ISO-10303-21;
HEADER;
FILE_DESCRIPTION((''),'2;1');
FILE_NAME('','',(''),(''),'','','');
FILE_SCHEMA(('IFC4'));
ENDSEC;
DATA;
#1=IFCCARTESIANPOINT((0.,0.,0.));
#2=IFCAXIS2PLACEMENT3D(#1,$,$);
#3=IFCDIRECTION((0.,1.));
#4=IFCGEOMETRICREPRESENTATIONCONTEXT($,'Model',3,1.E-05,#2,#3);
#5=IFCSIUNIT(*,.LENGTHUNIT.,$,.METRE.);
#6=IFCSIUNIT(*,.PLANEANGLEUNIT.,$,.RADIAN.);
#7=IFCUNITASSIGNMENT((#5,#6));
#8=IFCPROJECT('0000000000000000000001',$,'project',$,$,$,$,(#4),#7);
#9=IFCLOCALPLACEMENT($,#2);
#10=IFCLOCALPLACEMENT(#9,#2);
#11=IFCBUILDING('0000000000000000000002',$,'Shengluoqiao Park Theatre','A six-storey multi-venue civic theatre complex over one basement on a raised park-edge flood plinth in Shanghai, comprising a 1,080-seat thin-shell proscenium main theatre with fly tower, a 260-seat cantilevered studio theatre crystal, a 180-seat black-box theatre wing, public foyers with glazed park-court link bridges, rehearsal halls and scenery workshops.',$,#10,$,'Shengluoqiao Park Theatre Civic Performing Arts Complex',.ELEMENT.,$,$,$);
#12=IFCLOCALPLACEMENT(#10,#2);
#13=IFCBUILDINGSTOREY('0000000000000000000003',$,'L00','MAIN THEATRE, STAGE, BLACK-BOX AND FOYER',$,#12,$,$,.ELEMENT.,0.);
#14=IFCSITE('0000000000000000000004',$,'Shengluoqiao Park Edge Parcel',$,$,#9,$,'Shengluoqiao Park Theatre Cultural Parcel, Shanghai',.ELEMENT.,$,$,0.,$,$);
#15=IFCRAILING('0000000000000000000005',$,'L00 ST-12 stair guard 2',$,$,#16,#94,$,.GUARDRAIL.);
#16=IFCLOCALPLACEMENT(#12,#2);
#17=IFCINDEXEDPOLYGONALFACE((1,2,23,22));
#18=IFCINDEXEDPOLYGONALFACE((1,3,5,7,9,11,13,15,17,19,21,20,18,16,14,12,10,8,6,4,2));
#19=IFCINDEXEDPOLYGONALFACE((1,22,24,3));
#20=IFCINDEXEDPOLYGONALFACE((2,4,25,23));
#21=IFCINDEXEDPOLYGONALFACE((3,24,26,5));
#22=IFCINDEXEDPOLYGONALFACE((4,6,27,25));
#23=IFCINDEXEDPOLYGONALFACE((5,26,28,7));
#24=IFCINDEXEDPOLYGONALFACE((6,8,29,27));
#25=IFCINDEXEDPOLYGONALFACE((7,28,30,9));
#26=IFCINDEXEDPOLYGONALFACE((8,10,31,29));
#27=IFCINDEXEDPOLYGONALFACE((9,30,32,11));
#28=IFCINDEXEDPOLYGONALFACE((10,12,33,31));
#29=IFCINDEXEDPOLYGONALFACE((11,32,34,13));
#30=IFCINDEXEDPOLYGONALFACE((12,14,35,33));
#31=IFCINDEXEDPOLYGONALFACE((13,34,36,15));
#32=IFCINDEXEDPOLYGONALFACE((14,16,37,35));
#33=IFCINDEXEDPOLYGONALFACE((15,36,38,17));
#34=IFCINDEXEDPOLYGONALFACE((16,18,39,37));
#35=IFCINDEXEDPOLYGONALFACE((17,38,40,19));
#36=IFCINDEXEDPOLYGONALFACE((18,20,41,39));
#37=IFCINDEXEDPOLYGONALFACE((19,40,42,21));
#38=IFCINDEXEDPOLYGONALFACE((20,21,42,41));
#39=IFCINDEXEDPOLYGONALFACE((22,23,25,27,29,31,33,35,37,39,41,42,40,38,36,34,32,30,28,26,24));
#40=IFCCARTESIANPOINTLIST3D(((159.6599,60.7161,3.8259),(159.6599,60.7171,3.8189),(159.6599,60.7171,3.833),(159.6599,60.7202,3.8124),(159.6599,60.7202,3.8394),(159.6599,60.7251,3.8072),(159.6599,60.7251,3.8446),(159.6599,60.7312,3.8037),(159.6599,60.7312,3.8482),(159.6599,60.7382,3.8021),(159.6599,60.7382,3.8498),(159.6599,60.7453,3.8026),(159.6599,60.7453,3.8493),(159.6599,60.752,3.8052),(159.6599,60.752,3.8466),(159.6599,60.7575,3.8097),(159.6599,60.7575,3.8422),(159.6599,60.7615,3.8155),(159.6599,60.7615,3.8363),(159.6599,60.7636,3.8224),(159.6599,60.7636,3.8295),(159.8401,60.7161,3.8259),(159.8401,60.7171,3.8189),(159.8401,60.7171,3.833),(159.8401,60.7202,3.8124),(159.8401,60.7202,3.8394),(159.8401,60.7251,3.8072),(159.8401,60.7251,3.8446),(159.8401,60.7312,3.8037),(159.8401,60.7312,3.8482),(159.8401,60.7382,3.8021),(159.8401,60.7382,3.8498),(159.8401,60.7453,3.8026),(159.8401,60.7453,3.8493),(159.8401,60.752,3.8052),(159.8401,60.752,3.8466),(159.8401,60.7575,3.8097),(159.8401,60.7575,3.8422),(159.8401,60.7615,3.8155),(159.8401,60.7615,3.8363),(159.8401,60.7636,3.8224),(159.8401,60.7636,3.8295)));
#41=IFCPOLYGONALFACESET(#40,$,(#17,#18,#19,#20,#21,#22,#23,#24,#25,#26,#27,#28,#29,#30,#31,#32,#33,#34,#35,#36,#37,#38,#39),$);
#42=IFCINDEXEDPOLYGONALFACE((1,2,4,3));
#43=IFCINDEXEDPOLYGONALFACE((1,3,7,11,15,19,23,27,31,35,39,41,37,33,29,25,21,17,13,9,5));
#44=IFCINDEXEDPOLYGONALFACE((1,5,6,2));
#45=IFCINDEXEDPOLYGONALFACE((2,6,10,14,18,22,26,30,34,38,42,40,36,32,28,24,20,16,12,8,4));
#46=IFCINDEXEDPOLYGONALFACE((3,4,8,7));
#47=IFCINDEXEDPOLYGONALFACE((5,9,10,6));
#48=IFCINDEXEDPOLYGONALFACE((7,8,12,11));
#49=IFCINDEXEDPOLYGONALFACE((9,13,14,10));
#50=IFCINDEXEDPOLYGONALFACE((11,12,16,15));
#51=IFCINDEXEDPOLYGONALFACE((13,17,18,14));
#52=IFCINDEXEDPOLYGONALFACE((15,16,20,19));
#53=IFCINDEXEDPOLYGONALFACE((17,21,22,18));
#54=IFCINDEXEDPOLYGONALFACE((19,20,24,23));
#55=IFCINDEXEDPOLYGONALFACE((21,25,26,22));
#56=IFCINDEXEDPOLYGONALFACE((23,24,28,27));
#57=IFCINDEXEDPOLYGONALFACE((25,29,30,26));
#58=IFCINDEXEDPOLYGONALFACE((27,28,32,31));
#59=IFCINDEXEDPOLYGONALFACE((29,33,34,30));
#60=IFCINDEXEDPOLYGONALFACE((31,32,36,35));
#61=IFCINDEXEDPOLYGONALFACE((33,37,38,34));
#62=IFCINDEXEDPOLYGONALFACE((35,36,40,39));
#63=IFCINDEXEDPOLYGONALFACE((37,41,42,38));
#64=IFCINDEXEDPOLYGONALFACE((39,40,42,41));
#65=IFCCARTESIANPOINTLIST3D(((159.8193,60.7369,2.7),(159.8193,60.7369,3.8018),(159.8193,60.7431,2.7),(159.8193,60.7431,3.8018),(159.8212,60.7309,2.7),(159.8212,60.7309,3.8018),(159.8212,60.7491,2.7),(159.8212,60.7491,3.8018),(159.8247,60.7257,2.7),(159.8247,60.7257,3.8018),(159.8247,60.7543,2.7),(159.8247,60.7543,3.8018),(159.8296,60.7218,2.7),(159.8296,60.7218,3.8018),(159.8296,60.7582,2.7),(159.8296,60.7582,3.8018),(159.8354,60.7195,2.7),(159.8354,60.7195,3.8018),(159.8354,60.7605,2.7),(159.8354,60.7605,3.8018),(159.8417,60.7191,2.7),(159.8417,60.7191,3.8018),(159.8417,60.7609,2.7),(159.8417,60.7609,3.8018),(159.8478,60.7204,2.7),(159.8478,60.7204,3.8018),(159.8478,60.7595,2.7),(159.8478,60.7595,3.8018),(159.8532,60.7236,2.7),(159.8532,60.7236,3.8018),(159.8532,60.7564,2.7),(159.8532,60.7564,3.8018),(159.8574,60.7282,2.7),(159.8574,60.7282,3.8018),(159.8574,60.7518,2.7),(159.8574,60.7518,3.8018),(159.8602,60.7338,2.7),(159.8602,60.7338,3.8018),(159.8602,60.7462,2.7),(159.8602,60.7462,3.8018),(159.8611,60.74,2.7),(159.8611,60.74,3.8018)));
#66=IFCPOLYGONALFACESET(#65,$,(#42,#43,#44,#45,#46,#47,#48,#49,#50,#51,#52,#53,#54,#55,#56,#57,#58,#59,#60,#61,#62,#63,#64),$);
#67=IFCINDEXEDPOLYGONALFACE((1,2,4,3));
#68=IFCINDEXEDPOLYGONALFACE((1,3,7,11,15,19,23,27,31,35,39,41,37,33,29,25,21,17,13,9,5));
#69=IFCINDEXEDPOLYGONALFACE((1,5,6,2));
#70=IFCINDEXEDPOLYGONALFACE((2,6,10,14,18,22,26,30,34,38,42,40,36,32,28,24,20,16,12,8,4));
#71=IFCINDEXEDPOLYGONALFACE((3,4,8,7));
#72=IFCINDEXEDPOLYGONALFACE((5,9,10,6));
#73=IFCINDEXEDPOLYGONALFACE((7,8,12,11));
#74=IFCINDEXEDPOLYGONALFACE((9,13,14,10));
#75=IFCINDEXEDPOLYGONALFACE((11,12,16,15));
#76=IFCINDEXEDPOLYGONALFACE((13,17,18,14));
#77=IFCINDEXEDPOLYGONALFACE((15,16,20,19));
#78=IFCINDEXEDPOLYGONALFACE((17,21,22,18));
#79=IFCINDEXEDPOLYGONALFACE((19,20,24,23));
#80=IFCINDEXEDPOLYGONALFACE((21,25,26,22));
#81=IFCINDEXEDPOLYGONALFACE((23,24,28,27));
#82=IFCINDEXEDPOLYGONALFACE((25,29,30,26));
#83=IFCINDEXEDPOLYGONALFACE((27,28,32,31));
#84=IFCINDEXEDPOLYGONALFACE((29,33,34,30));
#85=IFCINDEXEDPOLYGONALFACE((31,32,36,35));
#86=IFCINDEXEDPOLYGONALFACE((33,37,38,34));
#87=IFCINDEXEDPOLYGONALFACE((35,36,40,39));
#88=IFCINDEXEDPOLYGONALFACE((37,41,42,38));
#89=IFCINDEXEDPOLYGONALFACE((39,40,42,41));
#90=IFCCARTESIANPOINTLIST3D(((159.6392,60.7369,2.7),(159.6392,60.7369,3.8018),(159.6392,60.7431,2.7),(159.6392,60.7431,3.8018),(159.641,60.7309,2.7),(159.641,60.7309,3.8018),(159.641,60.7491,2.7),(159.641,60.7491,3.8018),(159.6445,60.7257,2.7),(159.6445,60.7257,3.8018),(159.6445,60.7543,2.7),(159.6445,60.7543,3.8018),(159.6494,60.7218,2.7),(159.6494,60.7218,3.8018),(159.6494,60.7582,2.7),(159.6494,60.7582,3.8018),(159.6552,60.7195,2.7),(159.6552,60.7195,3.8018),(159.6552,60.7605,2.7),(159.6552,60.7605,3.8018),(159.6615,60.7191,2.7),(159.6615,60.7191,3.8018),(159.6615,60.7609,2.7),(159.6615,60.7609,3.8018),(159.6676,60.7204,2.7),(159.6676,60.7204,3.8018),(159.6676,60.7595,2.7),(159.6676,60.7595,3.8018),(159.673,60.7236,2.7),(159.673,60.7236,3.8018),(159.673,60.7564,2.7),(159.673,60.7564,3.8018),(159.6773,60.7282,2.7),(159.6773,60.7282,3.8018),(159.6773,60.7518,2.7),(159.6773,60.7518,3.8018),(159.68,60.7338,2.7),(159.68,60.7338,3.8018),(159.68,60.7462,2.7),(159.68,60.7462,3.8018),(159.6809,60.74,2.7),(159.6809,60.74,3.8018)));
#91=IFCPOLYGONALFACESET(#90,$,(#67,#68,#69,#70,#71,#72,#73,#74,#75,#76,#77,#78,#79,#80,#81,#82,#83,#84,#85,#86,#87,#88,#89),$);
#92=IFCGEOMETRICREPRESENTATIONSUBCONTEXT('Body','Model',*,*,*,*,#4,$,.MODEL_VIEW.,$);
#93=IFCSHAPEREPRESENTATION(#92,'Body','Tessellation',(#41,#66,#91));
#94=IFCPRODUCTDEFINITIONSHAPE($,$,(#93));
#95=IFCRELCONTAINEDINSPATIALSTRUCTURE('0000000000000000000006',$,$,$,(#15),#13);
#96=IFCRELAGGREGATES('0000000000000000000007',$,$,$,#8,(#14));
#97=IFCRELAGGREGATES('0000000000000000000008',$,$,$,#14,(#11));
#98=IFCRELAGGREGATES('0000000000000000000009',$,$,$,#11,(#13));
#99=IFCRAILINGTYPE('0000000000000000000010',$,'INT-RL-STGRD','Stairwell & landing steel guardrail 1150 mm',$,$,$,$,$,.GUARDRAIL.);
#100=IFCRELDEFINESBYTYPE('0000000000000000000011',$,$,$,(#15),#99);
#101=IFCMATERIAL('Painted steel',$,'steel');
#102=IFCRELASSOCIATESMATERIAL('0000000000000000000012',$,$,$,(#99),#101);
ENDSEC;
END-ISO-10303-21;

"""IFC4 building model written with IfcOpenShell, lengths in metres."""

from ifc_helpers import new_model, si_unit, direction, frame, origin, origin_2d, place, context, subcontext, project, spatial, circle, extrude, material, type_object, element, save


model = new_model("IFC4")

# Units and contexts
model_context = context("Model", 3, precision=1e-05, world=origin(), true_north=direction((0.0, 1.0)))
body_context = subcontext(model_context, "Body", "Model", "MODEL_VIEW")
ifc_project = project(units=[si_unit("LENGTHUNIT", "METRE"), si_unit("PLANEANGLEUNIT", "RADIAN")], contexts=[model_context])

# Site, building, storey
site_placement = place(None, origin())
site = spatial("IfcSite", under=ifc_project, at=site_placement, Name="Shengluoqiao Park Edge Parcel", LongName="Shengluoqiao Park Theatre Cultural Parcel, Shanghai", CompositionType="ELEMENT", RefElevation=0.0)
building_placement = place(site_placement, origin())
building = spatial("IfcBuilding", under=site, at=building_placement, Name="Shengluoqiao Park Theatre", Description="A six-storey multi-venue civic theatre complex over one basement on a raised park-edge flood plinth in Shanghai, comprising a 1,080-seat thin-shell proscenium main theatre with fly tower, a 260-seat cantilevered studio theatre crystal, a 180-seat black-box theatre wing, public foyers with glazed park-court link bridges, rehearsal halls and scenery workshops.", LongName="Shengluoqiao Park Theatre Civic Performing Arts Complex", CompositionType="ELEMENT")
storey_placement = place(building_placement, origin())
storey = spatial("IfcBuildingStorey", under=building, at=storey_placement, Name="L00", Description="MAIN THEATRE, STAGE, BLACK-BOX AND FOYER", CompositionType="ELEMENT", Elevation=0.0)

# Railing
ifc_material_1 = material(Name="Painted steel", Category="steel")
railing_type_1 = type_object("IfcRailingType", Name="INT-RL-STGRD", Description="Stairwell & landing steel guardrail 1150 mm", PredefinedType="GUARDRAIL", material=ifc_material_1)
railing_1_placement = place(storey_placement, frame((159.8401, 60.74, 2.7)))
element("IfcRailing", 1, at=railing_1_placement, inside=storey, type_object=railing_type_1, Name="L00 ST-12 stair guard 2", PredefinedType="GUARDRAIL", context=body_context, shape_type="SweptSolid", body=[
    extrude(circle(Radius=0.0239, at=origin_2d()), frame((0.0, 0.0, 1.126), z_axis=(-1.0, 0.0, 0.0), x_axis=(0.0, -1.0, 0.0)), (0.0, 0.0, 1.0), 0.1802),
    extrude(circle(Radius=0.021, at=origin_2d()), origin(), (0.0, 0.0, 1.0), 1.1018),
    extrude(circle(Radius=0.021, at=origin_2d()), frame((-0.1802, 0.0, 0.0)), (0.0, 0.0, 1.0), 1.1018),
])

save(model, "model.ifc")
